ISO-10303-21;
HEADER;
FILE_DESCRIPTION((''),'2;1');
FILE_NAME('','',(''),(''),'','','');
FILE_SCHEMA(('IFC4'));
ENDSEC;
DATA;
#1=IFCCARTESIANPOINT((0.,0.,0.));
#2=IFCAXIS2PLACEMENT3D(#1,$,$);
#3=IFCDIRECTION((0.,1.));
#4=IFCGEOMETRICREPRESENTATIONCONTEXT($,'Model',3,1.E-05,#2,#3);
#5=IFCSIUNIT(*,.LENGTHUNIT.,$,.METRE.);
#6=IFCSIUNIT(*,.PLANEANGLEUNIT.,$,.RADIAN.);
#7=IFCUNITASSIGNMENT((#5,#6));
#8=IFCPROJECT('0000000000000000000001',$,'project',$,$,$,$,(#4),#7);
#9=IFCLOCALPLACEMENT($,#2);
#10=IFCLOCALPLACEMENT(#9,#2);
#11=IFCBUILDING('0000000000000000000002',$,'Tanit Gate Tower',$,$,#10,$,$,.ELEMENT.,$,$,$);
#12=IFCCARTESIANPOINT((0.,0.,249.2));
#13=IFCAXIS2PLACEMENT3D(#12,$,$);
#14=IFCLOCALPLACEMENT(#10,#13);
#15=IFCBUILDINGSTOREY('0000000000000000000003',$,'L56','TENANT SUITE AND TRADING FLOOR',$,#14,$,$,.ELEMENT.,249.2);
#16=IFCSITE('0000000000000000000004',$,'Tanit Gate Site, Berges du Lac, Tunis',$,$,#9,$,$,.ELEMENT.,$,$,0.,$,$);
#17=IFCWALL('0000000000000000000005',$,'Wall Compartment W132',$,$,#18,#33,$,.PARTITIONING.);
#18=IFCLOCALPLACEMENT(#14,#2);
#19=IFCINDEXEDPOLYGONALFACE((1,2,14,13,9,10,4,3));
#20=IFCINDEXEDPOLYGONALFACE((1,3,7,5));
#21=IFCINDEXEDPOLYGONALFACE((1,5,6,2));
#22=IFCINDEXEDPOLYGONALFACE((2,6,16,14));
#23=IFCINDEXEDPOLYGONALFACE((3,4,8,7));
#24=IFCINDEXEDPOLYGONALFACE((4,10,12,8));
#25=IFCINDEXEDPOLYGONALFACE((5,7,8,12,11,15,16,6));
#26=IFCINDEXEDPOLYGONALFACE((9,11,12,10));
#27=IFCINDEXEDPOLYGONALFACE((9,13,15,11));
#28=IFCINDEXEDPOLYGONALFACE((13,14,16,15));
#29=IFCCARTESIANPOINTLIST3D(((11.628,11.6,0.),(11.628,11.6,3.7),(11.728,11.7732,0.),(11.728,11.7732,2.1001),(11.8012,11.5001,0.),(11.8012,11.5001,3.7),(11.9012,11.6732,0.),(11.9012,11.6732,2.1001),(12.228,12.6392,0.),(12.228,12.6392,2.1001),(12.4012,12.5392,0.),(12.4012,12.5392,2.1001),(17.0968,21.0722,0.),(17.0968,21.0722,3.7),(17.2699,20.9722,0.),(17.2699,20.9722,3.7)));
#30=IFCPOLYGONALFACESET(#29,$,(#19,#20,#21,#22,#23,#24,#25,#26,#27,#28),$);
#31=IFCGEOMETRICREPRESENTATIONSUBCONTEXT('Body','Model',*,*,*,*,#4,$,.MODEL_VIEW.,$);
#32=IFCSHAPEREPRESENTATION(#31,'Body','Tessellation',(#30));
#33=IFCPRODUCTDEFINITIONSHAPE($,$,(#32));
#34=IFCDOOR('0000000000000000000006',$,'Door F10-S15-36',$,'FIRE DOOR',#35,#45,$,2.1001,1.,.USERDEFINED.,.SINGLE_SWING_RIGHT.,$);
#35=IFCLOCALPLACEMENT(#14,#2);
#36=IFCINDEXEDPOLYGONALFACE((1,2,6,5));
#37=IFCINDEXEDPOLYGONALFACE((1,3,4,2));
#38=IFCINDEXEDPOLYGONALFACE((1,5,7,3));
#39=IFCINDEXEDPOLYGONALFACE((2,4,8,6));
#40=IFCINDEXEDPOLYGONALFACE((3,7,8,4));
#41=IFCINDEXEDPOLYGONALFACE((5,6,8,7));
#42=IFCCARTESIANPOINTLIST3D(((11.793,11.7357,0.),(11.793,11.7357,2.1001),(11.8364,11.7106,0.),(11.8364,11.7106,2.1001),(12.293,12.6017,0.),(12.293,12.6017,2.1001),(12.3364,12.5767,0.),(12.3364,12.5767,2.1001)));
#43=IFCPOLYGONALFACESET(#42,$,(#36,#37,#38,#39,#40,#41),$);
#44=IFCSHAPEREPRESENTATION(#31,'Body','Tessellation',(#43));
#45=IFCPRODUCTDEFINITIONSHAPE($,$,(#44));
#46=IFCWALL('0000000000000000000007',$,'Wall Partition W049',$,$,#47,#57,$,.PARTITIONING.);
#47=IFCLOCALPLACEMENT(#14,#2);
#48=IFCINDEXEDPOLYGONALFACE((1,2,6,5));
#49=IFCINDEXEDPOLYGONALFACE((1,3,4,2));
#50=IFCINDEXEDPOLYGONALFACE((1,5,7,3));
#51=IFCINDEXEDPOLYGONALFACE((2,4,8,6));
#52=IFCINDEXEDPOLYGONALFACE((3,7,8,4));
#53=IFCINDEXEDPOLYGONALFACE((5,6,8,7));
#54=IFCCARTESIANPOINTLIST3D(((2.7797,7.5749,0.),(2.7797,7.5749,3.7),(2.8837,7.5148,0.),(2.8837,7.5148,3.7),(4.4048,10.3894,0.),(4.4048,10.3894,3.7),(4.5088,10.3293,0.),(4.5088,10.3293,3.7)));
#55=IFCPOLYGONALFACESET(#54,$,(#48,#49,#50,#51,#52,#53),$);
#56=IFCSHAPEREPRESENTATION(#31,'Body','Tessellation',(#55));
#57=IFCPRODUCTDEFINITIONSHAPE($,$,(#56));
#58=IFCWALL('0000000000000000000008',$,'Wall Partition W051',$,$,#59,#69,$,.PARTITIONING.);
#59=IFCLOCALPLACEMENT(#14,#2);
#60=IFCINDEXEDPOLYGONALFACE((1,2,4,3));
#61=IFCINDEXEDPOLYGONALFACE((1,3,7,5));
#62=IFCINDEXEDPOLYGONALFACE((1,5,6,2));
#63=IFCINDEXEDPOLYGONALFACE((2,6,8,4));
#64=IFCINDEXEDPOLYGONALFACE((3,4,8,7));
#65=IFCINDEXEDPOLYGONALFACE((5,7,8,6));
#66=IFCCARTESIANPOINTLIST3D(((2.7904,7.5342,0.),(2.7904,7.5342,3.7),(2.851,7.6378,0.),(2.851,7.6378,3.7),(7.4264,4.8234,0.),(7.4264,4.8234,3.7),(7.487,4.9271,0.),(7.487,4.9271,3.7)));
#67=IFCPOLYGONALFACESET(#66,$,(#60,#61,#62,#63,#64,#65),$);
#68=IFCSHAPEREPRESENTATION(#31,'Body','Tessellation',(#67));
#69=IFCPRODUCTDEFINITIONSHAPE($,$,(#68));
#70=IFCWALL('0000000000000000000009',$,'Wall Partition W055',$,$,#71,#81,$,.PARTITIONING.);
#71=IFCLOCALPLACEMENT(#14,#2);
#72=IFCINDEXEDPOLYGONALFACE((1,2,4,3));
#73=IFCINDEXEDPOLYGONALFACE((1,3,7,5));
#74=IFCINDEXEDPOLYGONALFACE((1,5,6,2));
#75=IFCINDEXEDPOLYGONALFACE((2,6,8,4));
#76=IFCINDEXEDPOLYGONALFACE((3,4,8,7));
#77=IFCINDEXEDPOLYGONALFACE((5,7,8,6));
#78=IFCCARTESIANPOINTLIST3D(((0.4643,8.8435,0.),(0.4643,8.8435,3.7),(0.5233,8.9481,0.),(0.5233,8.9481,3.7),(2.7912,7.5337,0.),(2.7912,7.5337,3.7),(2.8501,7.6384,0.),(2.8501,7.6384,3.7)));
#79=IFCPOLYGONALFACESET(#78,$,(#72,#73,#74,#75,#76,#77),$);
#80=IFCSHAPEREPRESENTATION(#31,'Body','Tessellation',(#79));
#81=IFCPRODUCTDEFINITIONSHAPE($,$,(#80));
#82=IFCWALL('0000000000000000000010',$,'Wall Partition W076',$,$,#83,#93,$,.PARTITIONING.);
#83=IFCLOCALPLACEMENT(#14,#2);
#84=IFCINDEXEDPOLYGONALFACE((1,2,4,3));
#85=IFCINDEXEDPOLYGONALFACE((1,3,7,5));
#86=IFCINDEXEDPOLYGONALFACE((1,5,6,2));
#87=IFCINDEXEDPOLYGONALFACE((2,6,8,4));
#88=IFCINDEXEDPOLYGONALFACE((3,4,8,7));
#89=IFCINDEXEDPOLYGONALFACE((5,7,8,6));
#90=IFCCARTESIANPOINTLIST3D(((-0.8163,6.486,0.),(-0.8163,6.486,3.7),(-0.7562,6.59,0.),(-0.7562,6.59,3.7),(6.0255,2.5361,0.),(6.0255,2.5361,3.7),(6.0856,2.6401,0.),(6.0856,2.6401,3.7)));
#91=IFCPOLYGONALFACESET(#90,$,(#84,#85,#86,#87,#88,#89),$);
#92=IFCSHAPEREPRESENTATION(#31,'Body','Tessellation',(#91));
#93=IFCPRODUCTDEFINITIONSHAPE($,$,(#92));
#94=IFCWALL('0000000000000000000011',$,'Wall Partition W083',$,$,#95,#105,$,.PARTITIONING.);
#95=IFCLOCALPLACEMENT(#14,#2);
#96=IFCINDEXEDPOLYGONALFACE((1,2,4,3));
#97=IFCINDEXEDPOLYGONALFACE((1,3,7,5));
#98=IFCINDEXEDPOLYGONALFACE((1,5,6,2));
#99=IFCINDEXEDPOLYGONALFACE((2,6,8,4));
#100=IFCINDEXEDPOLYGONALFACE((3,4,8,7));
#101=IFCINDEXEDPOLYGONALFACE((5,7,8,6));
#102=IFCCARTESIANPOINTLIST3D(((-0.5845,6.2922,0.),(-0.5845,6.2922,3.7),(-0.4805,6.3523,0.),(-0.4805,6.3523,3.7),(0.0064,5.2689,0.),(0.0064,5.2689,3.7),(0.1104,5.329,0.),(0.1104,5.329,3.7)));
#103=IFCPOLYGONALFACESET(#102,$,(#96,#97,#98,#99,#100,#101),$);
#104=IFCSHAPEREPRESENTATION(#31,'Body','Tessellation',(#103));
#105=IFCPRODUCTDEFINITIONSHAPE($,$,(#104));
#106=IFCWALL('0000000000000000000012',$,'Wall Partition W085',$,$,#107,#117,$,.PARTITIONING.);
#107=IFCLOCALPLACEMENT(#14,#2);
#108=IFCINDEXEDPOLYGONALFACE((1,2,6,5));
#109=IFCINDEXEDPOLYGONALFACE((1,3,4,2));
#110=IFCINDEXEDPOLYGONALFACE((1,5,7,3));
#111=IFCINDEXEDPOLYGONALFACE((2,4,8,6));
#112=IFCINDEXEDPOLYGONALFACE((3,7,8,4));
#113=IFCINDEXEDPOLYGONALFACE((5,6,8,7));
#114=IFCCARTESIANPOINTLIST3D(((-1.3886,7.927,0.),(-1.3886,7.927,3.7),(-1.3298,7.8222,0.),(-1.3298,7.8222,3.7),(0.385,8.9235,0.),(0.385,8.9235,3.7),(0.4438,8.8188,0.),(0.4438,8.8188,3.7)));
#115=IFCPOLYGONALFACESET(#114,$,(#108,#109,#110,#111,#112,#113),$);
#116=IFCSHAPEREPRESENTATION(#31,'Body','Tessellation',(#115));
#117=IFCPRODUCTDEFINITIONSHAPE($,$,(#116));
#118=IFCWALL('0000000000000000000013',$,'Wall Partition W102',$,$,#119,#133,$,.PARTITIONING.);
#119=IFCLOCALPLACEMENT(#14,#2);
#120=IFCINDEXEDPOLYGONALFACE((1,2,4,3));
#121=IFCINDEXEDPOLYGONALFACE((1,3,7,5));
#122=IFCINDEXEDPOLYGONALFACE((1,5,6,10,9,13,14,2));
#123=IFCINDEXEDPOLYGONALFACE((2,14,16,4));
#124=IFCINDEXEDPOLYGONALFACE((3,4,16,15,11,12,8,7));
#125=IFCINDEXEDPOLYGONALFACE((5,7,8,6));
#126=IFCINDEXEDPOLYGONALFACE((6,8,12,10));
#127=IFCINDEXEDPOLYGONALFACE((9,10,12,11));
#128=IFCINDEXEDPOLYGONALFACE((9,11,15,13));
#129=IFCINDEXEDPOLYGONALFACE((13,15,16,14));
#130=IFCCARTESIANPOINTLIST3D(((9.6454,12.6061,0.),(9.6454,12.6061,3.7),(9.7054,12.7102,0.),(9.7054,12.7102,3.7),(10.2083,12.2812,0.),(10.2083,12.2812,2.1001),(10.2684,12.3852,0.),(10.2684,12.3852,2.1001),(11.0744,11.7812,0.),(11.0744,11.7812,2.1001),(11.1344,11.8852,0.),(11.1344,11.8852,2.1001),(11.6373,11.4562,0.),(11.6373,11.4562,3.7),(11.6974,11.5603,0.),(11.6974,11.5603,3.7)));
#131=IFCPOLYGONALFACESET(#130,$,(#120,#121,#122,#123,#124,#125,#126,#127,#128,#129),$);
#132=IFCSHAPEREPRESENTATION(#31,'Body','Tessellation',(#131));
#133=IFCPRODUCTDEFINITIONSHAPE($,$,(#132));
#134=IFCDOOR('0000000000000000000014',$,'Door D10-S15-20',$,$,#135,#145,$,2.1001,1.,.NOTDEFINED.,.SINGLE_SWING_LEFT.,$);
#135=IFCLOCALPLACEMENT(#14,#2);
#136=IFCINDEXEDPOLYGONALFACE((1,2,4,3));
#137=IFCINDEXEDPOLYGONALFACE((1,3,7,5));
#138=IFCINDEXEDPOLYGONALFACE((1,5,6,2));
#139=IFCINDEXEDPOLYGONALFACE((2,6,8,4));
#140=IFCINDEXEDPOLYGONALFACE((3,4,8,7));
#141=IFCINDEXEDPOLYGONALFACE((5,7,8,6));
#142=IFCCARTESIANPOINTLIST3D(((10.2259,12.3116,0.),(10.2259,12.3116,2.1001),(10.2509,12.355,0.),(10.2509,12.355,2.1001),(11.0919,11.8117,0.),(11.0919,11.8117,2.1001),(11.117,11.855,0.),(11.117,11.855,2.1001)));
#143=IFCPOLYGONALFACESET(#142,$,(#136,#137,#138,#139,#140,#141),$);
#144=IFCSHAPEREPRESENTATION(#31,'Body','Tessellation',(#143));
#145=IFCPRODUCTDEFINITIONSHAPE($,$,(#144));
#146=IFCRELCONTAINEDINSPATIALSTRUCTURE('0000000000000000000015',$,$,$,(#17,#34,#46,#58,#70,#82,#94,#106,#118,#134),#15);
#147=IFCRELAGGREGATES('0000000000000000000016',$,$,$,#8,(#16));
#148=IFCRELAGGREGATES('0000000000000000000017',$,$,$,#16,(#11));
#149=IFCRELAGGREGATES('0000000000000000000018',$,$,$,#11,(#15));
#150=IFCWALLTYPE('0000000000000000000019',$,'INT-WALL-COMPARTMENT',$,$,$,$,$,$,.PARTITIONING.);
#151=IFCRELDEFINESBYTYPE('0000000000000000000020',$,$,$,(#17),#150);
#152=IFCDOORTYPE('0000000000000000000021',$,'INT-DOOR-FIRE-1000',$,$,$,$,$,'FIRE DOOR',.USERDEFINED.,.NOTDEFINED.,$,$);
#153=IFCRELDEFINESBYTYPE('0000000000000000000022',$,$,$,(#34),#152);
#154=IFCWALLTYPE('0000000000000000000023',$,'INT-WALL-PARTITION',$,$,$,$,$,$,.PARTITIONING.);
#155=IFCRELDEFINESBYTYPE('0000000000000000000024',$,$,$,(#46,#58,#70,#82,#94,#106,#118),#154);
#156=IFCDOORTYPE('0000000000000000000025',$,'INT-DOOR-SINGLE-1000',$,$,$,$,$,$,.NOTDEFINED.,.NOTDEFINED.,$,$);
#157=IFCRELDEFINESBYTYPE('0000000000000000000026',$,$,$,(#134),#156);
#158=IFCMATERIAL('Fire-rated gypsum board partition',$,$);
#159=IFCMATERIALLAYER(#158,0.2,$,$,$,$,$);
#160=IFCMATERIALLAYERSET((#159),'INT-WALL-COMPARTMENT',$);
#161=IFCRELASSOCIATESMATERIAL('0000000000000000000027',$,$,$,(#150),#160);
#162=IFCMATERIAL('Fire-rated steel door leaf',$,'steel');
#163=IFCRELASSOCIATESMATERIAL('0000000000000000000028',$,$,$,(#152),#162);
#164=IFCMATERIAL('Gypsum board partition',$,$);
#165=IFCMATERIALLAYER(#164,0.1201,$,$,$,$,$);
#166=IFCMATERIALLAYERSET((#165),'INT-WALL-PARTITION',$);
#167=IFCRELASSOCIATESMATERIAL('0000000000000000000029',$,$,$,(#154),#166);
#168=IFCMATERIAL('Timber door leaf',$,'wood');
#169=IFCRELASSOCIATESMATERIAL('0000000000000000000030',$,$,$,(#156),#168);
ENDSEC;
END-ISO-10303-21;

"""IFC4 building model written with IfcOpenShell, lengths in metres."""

from ifc_helpers import new_model, si_unit, direction, frame, frame_2d, origin, place, context, subcontext, project, spatial, rectangle, extrude, material, layer, layer_set, type_object, element, fill, save


model = new_model("IFC4")

# Units and contexts
model_context = context("Model", 3, precision=1e-05, world=origin(), true_north=direction((0.0, 1.0)))
body_context = subcontext(model_context, "Body", "Model", "MODEL_VIEW")
ifc_project = project(units=[si_unit("LENGTHUNIT", "METRE"), si_unit("PLANEANGLEUNIT", "RADIAN")], contexts=[model_context])

# Site, building, storey
site_placement = place(None, origin())
site = spatial("IfcSite", under=ifc_project, at=site_placement, Name="Tanit Gate Site, Berges du Lac, Tunis", CompositionType="ELEMENT", RefElevation=0.0)
building_placement = place(site_placement, origin())
building = spatial("IfcBuilding", under=site, at=building_placement, Name="Tanit Gate Tower", CompositionType="ELEMENT")
storey_placement = place(building_placement, frame((0.0, 0.0, 249.2)))
storey = spatial("IfcBuildingStorey", under=building, at=storey_placement, Name="L56", Description="TENANT SUITE AND TRADING FLOOR", CompositionType="ELEMENT", Elevation=249.2)

# Wall, opening, door
ifc_material_1 = material(Name="Fire-rated gypsum board partition")
ifc_layer_1 = layer(ifc_material_1, 0.2)
ifc_layer_set_1 = layer_set([ifc_layer_1], Name="INT-WALL-COMPARTMENT")
wall_type_1 = type_object("IfcWallType", Name="INT-WALL-COMPARTMENT", PredefinedType="PARTITIONING", material=ifc_layer_set_1)
ifc_material_2 = material(Name="Fire-rated steel door leaf", Category="steel")
door_type_1 = type_object("IfcDoorType", Name="INT-DOOR-FIRE-1000", ElementType="FIRE DOOR", OperationType="NOTDEFINED", PredefinedType="USERDEFINED", material=ifc_material_2)
wall_1_placement = place(storey_placement, frame((11.7146, 11.55, 0.0), z_axis=(0.0, 0.0, 1.0), x_axis=(0.499999, 0.866026, 0.0)))
wall_1 = element("IfcWall", 1, at=wall_1_placement, inside=storey, type_object=wall_type_1, Name="Wall Compartment W132", PredefinedType="PARTITIONING", context=body_context, shape_type="SweptSolid", body=[
    extrude(rectangle(XDim=10.9375, YDim=0.2, at=frame_2d((5.4688, 0.0))), origin(), (0.0, 0.0, 1.0), 3.7),
])
opening_1_placement = place(wall_1_placement, frame((0.2, 0.0, 0.0)))
opening_1 = element("IfcOpeningElement", 2, at=opening_1_placement, cuts=wall_1, PredefinedType="OPENING", context=body_context, shape_type="SweptSolid", body=[
    extrude(rectangle(XDim=1.0, YDim=2.1001, at=frame_2d((0.5, 1.05))), frame((0.0, 0.1099, 0.0), z_axis=(0.0, -1.0, 0.0), x_axis=(1.0, 0.0, 0.0)), (0.0, 0.0, 1.0), 0.22),
])
door_1_placement = place(opening_1_placement, origin())
door_1 = element("IfcDoor", 3, at=door_1_placement, inside=storey, type_object=door_type_1, Name="Door F10-S15-36", ObjectType="FIRE DOOR", OperationType="SINGLE_SWING_RIGHT", OverallHeight=2.1001, OverallWidth=1.0, PredefinedType="USERDEFINED", context=body_context, shape_type="SweptSolid", body=[
    extrude(rectangle(XDim=1.0, YDim=2.1001, at=frame_2d((0.5, 1.05))), frame((0.0, 0.0249, 0.0), z_axis=(0.0, -1.0, 0.0), x_axis=(1.0, 0.0, 0.0)), (0.0, 0.0, 1.0), 0.05),
])
fill(opening_1, door_1)

# Walls
ifc_material_3 = material(Name="Gypsum board partition")
ifc_layer_2 = layer(ifc_material_3, 0.1201)
ifc_layer_set_2 = layer_set([ifc_layer_2], Name="INT-WALL-PARTITION")
wall_type_2 = type_object("IfcWallType", Name="INT-WALL-PARTITION", PredefinedType="PARTITIONING", material=ifc_layer_set_2)
wall_2_placement = place(storey_placement, frame((4.4568, 10.3594, 0.0), z_axis=(0.0, 0.0, 1.0), x_axis=(-0.500017, -0.866015, 0.0)))
element("IfcWall", 4, at=wall_2_placement, inside=storey, type_object=wall_type_2, Name="Wall Partition W049", PredefinedType="PARTITIONING", context=body_context, shape_type="SweptSolid", body=[
    extrude(rectangle(XDim=3.25, YDim=0.1201, at=frame_2d((1.625, 0.0))), origin(), (0.0, 0.0, 1.0), 3.7),
])
wall_3_placement = place(storey_placement, frame((2.8208, 7.5859, 0.0), z_axis=(0.0, 0.0, 1.0), x_axis=(0.863262, -0.504755, 0.0)))
element("IfcWall", 5, at=wall_3_placement, inside=storey, type_object=wall_type_2, Name="Wall Partition W051", PredefinedType="PARTITIONING", context=body_context, shape_type="SweptSolid", body=[
    extrude(rectangle(XDim=5.3704, YDim=0.1201, at=frame_2d((2.6851, 0.0))), origin(), (0.0, 0.0, 1.0), 3.7),
])
wall_4_placement = place(storey_placement, frame((0.4939, 8.8958, 0.0), z_axis=(0.0, 0.0, 1.0), x_axis=(0.871427, -0.490526, 0.0)))
element("IfcWall", 6, at=wall_4_placement, inside=storey, type_object=wall_type_2, Name="Wall Partition W055", PredefinedType="PARTITIONING", context=body_context, shape_type="SweptSolid", body=[
    extrude(rectangle(XDim=2.6702, YDim=0.1201, at=frame_2d((1.335, 0.0))), origin(), (0.0, 0.0, 1.0), 3.7),
])
wall_5_placement = place(storey_placement, frame((-0.7864, 6.5381, 0.0), z_axis=(0.0, 0.0, 1.0), x_axis=(0.866034, -0.499985, 0.0)))
element("IfcWall", 7, at=wall_5_placement, inside=storey, type_object=wall_type_2, Name="Wall Partition W076", PredefinedType="PARTITIONING", context=body_context, shape_type="SweptSolid", body=[
    extrude(rectangle(XDim=7.9001, YDim=0.1201, at=frame_2d((3.9502, 0.0))), origin(), (0.0, 0.0, 1.0), 3.7),
])
wall_6_placement = place(storey_placement, frame((-0.5325, 6.3223, 0.0), z_axis=(0.0, 0.0, 1.0), x_axis=(0.50005, -0.865996, 0.0)))
element("IfcWall", 8, at=wall_6_placement, inside=storey, type_object=wall_type_2, Name="Wall Partition W083", PredefinedType="PARTITIONING", context=body_context, shape_type="SweptSolid", body=[
    extrude(rectangle(XDim=1.1816, YDim=0.1201, at=frame_2d((0.5908, 0.0))), origin(), (0.0, 0.0, 1.0), 3.7),
])
wall_7_placement = place(storey_placement, frame((0.4143, 8.8711, 0.0), z_axis=(0.0, 0.0, 1.0), x_axis=(-0.871809, -0.489845, 0.0)))
element("IfcWall", 9, at=wall_7_placement, inside=storey, type_object=wall_type_2, Name="Wall Partition W085", PredefinedType="PARTITIONING", context=body_context, shape_type="SweptSolid", body=[
    extrude(rectangle(XDim=2.0344, YDim=0.1201, at=frame_2d((1.0171, 0.0))), origin(), (0.0, 0.0, 1.0), 3.7),
])

# Wall, opening, door
wall_8_placement = place(storey_placement, frame((11.6672, 11.5083, 0.0), z_axis=(0.0, 0.0, 1.0), x_axis=(-0.866053, 0.499952, 0.0)))
wall_8 = element("IfcWall", 10, at=wall_8_placement, inside=storey, type_object=wall_type_2, Name="Wall Partition W102", PredefinedType="PARTITIONING", context=body_context, shape_type="SweptSolid", body=[
    extrude(rectangle(XDim=2.3, YDim=0.1201, at=frame_2d((1.1499, 0.0))), origin(), (0.0, 0.0, 1.0), 3.7),
])
opening_2_placement = place(wall_8_placement, frame((0.6499, 0.0, 0.0)))
opening_2 = element("IfcOpeningElement", 11, at=opening_2_placement, cuts=wall_8, PredefinedType="OPENING", context=body_context, shape_type="SweptSolid", body=[
    extrude(rectangle(XDim=1.0, YDim=2.1001, at=frame_2d((0.5, 1.05))), frame((0.0, 0.0701, 0.0), z_axis=(0.0, -1.0, 0.0), x_axis=(1.0, 0.0, 0.0)), (0.0, 0.0, 1.0), 0.1401),
])
ifc_material_4 = material(Name="Timber door leaf", Category="wood")
door_type_2 = type_object("IfcDoorType", Name="INT-DOOR-SINGLE-1000", OperationType="NOTDEFINED", PredefinedType="NOTDEFINED", material=ifc_material_4)
door_2_placement = place(opening_2_placement, origin())
door_2 = element("IfcDoor", 12, at=door_2_placement, inside=storey, type_object=door_type_2, Name="Door D10-S15-20", OperationType="SINGLE_SWING_LEFT", OverallHeight=2.1001, OverallWidth=1.0, PredefinedType="NOTDEFINED", context=body_context, shape_type="SweptSolid", body=[
    extrude(rectangle(XDim=1.0, YDim=2.1001, at=frame_2d((0.5, 1.05))), frame((0.0, 0.0249, 0.0), z_axis=(0.0, -1.0, 0.0), x_axis=(1.0, 0.0, 0.0)), (0.0, 0.0, 1.0), 0.05),
])
fill(opening_2, door_2)

save(model, "model.ifc")
